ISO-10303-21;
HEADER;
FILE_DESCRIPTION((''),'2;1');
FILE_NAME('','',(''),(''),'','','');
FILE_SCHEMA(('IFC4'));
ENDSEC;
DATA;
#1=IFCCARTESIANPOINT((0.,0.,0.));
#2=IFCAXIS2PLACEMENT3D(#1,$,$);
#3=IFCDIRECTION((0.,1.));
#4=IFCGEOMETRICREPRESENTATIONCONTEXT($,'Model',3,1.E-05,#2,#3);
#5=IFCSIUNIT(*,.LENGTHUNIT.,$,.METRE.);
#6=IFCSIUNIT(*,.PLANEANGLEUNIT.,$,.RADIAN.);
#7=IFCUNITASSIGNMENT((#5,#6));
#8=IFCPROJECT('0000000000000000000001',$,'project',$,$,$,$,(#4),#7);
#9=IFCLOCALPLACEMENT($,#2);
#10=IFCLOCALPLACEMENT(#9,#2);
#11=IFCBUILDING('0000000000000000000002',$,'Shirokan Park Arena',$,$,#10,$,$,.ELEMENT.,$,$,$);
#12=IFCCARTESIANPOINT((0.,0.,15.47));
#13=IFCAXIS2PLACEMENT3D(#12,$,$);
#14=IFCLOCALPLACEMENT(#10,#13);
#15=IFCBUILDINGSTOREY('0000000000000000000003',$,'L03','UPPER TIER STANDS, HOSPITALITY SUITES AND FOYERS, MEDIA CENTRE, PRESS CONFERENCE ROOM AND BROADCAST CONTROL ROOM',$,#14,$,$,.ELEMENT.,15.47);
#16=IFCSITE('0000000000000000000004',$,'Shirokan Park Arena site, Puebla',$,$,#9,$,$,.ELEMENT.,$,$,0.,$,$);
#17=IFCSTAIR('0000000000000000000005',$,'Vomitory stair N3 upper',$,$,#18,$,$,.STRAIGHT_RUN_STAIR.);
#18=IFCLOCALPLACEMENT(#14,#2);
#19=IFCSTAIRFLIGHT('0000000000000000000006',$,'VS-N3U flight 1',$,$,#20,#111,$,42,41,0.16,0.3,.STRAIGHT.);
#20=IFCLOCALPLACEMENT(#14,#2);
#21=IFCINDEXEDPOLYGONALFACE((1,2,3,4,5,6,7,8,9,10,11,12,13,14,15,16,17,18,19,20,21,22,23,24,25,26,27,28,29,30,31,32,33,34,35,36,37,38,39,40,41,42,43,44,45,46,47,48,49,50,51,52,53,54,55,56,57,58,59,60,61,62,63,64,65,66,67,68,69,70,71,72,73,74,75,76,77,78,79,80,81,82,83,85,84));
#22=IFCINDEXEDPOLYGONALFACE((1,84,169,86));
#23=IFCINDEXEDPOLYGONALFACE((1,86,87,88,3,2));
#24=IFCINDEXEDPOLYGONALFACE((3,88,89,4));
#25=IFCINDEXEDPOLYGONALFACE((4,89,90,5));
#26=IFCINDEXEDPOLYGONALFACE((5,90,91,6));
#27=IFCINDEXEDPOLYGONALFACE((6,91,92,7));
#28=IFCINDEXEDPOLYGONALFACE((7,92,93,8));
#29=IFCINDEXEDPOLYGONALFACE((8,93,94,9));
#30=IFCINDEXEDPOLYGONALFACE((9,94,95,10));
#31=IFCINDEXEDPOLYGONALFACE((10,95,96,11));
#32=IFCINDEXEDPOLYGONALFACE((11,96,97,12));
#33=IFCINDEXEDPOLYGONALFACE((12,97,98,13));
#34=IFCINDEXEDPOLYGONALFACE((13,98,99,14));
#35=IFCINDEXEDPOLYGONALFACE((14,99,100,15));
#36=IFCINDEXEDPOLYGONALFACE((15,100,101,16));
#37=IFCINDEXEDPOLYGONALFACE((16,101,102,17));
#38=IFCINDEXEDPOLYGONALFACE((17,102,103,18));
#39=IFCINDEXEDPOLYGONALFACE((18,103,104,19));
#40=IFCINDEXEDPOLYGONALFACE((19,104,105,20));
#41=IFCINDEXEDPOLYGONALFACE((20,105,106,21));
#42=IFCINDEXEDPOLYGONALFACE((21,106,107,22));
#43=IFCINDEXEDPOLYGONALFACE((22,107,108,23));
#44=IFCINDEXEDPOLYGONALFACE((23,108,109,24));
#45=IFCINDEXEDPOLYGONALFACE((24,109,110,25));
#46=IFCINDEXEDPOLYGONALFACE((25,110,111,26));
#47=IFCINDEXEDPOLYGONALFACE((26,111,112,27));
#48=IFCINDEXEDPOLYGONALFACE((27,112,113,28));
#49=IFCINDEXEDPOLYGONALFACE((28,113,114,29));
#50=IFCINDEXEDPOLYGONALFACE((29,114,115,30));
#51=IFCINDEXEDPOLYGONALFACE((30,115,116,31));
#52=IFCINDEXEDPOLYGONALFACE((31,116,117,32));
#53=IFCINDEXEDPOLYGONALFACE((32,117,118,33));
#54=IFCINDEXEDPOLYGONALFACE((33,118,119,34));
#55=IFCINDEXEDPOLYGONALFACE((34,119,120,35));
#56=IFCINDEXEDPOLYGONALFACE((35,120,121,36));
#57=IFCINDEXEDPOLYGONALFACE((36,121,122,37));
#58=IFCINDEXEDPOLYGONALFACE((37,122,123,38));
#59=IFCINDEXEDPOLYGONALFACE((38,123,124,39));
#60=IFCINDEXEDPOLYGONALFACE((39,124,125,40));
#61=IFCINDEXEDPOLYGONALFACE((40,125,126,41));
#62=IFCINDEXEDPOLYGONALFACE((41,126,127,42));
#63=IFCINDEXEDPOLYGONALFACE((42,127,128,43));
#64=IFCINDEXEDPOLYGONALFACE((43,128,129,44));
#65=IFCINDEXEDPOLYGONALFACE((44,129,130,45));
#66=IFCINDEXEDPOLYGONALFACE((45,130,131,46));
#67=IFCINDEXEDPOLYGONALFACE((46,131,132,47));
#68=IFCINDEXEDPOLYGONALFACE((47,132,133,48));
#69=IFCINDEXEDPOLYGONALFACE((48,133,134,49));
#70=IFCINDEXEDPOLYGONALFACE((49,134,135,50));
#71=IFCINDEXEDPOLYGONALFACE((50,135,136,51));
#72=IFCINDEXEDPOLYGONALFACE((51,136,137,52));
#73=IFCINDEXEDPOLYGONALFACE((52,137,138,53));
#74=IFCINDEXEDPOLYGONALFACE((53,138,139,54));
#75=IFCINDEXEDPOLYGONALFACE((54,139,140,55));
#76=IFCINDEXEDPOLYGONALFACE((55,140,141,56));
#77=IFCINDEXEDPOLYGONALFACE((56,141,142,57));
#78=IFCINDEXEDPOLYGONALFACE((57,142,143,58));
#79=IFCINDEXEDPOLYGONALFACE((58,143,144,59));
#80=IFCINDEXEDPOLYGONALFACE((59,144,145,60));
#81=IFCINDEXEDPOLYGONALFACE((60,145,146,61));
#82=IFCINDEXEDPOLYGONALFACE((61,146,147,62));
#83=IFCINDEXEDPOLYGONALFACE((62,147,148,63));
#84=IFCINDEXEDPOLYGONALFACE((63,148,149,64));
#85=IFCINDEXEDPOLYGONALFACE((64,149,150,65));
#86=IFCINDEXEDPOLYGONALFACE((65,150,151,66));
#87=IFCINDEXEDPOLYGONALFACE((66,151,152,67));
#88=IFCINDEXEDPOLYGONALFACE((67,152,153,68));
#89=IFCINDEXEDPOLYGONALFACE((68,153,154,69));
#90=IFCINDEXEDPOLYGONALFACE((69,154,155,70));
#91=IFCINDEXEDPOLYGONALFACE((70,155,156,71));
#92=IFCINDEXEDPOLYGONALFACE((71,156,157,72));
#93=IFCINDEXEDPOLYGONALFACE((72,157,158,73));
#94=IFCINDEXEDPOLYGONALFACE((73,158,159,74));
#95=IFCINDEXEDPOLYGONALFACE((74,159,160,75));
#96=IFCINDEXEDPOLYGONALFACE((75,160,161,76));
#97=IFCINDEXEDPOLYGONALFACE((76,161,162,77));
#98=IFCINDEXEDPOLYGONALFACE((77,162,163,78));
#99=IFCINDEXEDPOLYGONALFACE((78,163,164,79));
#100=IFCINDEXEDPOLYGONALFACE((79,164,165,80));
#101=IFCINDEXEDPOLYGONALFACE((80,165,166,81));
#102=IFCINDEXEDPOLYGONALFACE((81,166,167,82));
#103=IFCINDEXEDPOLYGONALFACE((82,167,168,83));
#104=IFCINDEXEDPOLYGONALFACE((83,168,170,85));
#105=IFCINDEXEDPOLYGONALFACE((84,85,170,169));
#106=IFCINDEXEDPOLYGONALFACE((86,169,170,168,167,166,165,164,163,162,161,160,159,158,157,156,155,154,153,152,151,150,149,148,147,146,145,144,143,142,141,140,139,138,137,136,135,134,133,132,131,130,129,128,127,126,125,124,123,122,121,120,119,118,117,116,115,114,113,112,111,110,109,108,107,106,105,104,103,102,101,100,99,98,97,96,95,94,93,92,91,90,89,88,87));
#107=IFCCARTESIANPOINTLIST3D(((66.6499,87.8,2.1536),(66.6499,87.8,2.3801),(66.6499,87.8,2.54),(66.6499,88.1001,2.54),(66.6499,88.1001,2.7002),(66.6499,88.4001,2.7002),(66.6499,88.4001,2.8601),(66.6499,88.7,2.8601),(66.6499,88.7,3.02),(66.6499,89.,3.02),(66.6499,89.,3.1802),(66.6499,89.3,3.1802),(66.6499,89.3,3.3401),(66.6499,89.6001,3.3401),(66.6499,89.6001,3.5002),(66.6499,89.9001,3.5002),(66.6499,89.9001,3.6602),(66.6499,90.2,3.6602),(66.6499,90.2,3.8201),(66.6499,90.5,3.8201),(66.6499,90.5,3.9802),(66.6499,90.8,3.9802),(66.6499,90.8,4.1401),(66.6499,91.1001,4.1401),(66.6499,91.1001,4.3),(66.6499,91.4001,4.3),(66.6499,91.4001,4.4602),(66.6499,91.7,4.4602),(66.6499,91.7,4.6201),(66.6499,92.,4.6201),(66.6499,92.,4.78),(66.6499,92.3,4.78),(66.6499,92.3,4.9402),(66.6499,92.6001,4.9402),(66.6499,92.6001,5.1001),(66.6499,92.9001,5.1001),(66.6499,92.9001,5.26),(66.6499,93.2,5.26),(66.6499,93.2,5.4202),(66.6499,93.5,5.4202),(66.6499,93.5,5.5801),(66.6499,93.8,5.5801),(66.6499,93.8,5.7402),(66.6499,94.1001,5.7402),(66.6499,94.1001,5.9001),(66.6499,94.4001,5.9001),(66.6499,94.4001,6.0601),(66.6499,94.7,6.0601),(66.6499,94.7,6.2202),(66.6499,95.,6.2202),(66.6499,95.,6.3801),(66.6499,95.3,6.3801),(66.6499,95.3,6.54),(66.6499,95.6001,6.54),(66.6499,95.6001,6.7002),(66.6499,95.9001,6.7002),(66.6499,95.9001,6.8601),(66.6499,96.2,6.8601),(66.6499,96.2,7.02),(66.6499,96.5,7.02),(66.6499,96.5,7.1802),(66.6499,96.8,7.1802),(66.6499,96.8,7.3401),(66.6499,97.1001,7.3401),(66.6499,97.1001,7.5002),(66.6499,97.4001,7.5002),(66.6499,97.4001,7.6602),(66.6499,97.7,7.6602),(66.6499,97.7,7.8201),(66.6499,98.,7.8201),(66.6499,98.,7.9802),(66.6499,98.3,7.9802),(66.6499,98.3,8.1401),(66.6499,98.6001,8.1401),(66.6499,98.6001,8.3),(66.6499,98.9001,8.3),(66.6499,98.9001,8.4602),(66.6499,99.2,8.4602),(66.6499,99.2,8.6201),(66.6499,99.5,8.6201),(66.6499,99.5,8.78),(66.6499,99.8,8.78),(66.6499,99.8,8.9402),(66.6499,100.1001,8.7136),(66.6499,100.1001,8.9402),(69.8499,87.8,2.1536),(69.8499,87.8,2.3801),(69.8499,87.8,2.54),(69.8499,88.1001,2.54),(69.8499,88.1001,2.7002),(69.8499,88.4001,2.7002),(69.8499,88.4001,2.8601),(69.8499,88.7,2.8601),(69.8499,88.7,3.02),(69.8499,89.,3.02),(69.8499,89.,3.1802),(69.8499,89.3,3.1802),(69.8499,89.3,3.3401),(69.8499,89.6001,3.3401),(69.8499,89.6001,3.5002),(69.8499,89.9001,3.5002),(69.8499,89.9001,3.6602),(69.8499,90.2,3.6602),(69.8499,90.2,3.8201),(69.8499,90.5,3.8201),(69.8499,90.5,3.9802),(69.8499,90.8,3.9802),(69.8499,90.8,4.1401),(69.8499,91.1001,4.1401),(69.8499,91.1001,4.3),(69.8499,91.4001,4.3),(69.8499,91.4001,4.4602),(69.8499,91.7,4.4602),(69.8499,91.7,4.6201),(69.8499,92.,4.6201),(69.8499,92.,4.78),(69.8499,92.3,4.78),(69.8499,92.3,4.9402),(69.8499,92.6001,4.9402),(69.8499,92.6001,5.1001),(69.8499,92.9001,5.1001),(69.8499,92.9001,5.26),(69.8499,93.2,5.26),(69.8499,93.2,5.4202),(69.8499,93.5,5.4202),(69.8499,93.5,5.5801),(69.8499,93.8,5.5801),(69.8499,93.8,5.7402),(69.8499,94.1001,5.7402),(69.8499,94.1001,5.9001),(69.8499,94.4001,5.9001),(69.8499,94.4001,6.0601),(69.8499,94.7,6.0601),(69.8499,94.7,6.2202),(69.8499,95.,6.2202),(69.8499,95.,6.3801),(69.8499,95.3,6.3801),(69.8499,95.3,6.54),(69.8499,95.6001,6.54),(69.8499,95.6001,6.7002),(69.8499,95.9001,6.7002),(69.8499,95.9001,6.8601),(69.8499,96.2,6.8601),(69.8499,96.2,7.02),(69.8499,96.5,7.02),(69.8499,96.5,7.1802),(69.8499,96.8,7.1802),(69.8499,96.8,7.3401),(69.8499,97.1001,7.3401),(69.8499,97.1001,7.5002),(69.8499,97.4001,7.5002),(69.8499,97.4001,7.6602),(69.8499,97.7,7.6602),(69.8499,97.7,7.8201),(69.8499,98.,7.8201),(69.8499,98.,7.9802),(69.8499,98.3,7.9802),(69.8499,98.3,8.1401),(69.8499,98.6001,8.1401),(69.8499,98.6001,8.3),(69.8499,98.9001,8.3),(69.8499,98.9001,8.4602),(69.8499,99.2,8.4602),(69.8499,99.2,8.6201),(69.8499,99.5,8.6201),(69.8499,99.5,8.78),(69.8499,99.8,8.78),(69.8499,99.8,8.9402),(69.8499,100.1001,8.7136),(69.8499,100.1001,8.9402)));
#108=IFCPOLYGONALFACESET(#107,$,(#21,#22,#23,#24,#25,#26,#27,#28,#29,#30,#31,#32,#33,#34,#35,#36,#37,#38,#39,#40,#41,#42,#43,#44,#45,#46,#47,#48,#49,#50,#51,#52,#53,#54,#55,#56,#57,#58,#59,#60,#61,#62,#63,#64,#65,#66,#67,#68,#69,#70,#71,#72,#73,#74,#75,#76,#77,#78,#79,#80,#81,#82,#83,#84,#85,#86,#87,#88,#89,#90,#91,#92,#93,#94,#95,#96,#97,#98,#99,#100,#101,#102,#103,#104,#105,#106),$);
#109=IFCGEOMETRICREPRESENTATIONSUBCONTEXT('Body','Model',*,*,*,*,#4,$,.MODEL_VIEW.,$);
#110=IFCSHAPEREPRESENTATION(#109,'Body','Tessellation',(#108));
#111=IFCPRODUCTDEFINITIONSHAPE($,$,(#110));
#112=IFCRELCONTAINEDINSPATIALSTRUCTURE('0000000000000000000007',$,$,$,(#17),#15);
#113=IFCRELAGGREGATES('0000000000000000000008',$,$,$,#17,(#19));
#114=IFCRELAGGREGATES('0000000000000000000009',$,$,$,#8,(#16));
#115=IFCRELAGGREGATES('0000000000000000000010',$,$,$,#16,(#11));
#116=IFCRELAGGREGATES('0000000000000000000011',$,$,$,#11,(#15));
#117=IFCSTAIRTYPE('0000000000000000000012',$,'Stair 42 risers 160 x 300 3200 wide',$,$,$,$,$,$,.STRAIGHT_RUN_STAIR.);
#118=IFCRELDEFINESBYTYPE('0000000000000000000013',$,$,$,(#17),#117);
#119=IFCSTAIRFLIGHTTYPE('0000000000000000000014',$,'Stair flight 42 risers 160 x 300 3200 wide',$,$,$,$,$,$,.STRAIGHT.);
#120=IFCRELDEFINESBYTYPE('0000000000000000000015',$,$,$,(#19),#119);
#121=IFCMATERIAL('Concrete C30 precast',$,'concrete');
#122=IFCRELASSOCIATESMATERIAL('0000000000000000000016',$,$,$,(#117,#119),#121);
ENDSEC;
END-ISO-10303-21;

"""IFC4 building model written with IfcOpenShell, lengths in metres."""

from ifc_helpers import new_model, si_unit, direction, frame, origin, place, context, subcontext, project, spatial, polyline, outline, extrude, material, type_object, element, aggregate, save


model = new_model("IFC4")

# Units and contexts
model_context = context("Model", 3, precision=1e-05, world=origin(), true_north=direction((0.0, 1.0)))
body_context = subcontext(model_context, "Body", "Model", "MODEL_VIEW")
ifc_project = project(units=[si_unit("LENGTHUNIT", "METRE"), si_unit("PLANEANGLEUNIT", "RADIAN")], contexts=[model_context])

# Site, building, storey
site_placement = place(None, origin())
site = spatial("IfcSite", under=ifc_project, at=site_placement, Name="Shirokan Park Arena site, Puebla", CompositionType="ELEMENT", RefElevation=0.0)
building_placement = place(site_placement, origin())
building = spatial("IfcBuilding", under=site, at=building_placement, Name="Shirokan Park Arena", CompositionType="ELEMENT")
storey_placement = place(building_placement, frame((0.0, 0.0, 15.47)))
storey = spatial("IfcBuildingStorey", under=building, at=storey_placement, Name="L03", Description="UPPER TIER STANDS, HOSPITALITY SUITES AND FOYERS, MEDIA CENTRE, PRESS CONFERENCE ROOM AND BROADCAST CONTROL ROOM", CompositionType="ELEMENT", Elevation=15.47)

# Stair, stair flight
ifc_material_1 = material(Name="Concrete C30 precast", Category="concrete")
stair_type = type_object("IfcStairType", Name="Stair 42 risers 160 x 300 3200 wide", PredefinedType="STRAIGHT_RUN_STAIR", material=ifc_material_1)
stair_placement = place(storey_placement, origin())
stair = element("IfcStair", 1, at=stair_placement, inside=storey, type_object=stair_type, Name="Vomitory stair N3 upper", PredefinedType="STRAIGHT_RUN_STAIR")
stair_flight_type = type_object("IfcStairFlightType", Name="Stair flight 42 risers 160 x 300 3200 wide", PredefinedType="STRAIGHT", material=ifc_material_1)
stair_flight_placement = place(storey_placement, frame((68.25, 87.8, 2.3801), z_axis=(0.0, 0.0, 1.0), x_axis=(0.0, 1.0, 0.0)))
stair_flight = element("IfcStairFlight", 2, at=stair_flight_placement, type_object=stair_flight_type, Name="VS-N3U flight 1", NumberOfRisers=42, NumberOfTreads=41, PredefinedType="STRAIGHT", RiserHeight=0.16, TreadLength=0.3, context=body_context, shape_type="SweptSolid", body=[
    extrude(outline(polyline([(0.0, -0.2266), (0.0, 0.0), (0.0, 0.1599), (0.3, 0.1599), (0.3, 0.3201), (0.6001, 0.3201), (0.6001, 0.48), (0.8999, 0.48), (0.8999, 0.6399), (1.2, 0.6399), (1.2, 0.8), (1.5, 0.8), (1.5, 0.96), (1.8, 0.96), (1.8, 1.1201), (2.1001, 1.1201), (2.1001, 1.28), (2.3999, 1.28), (2.3999, 1.4399), (2.7, 1.4399), (2.7, 1.6001), (3.0, 1.6001), (3.0, 1.76), (3.3, 1.76), (3.3, 1.9199), (3.6001, 1.9199), (3.6001, 2.0801), (3.8999, 2.0801), (3.8999, 2.24), (4.2, 2.24), (4.2, 2.3999), (4.5, 2.3999), (4.5, 2.5601), (4.8, 2.5601), (4.8, 2.72), (5.1001, 2.72), (5.1001, 2.8799), (5.3999, 2.8799), (5.3999, 3.04), (5.7, 3.04), (5.7, 3.2), (6.0, 3.2), (6.0, 3.3601), (6.3, 3.3601), (6.3, 3.52), (6.6001, 3.52), (6.6001, 3.6799), (6.8999, 3.6799), (6.8999, 3.8401), (7.2, 3.8401), (7.2, 4.0), (7.5, 4.0), (7.5, 4.1599), (7.8, 4.1599), (7.8, 4.3201), (8.1001, 4.3201), (8.1001, 4.48), (8.3999, 4.48), (8.3999, 4.6399), (8.7, 4.6399), (8.7, 4.8), (9.0, 4.8), (9.0, 4.96), (9.3, 4.96), (9.3, 5.1201), (9.6001, 5.1201), (9.6001, 5.28), (9.8999, 5.28), (9.8999, 5.4399), (10.2, 5.4399), (10.2, 5.6001), (10.5, 5.6001), (10.5, 5.76), (10.8, 5.76), (10.8, 5.9199), (11.1001, 5.9199), (11.1001, 6.0801), (11.3999, 6.0801), (11.3999, 6.24), (11.7, 6.24), (11.7, 6.3999), (12.0, 6.3999), (12.0, 6.5601), (12.3, 6.5601), (12.3, 6.72), (12.3, 6.3335), (0.0, -0.2266)])), frame((0.0, 1.6001, 0.0), z_axis=(0.0, -1.0, 0.0), x_axis=(1.0, 0.0, 0.0)), (0.0, 0.0, 1.0), 3.2),
])
aggregate(stair, [stair_flight])

save(model, "model.ifc")
